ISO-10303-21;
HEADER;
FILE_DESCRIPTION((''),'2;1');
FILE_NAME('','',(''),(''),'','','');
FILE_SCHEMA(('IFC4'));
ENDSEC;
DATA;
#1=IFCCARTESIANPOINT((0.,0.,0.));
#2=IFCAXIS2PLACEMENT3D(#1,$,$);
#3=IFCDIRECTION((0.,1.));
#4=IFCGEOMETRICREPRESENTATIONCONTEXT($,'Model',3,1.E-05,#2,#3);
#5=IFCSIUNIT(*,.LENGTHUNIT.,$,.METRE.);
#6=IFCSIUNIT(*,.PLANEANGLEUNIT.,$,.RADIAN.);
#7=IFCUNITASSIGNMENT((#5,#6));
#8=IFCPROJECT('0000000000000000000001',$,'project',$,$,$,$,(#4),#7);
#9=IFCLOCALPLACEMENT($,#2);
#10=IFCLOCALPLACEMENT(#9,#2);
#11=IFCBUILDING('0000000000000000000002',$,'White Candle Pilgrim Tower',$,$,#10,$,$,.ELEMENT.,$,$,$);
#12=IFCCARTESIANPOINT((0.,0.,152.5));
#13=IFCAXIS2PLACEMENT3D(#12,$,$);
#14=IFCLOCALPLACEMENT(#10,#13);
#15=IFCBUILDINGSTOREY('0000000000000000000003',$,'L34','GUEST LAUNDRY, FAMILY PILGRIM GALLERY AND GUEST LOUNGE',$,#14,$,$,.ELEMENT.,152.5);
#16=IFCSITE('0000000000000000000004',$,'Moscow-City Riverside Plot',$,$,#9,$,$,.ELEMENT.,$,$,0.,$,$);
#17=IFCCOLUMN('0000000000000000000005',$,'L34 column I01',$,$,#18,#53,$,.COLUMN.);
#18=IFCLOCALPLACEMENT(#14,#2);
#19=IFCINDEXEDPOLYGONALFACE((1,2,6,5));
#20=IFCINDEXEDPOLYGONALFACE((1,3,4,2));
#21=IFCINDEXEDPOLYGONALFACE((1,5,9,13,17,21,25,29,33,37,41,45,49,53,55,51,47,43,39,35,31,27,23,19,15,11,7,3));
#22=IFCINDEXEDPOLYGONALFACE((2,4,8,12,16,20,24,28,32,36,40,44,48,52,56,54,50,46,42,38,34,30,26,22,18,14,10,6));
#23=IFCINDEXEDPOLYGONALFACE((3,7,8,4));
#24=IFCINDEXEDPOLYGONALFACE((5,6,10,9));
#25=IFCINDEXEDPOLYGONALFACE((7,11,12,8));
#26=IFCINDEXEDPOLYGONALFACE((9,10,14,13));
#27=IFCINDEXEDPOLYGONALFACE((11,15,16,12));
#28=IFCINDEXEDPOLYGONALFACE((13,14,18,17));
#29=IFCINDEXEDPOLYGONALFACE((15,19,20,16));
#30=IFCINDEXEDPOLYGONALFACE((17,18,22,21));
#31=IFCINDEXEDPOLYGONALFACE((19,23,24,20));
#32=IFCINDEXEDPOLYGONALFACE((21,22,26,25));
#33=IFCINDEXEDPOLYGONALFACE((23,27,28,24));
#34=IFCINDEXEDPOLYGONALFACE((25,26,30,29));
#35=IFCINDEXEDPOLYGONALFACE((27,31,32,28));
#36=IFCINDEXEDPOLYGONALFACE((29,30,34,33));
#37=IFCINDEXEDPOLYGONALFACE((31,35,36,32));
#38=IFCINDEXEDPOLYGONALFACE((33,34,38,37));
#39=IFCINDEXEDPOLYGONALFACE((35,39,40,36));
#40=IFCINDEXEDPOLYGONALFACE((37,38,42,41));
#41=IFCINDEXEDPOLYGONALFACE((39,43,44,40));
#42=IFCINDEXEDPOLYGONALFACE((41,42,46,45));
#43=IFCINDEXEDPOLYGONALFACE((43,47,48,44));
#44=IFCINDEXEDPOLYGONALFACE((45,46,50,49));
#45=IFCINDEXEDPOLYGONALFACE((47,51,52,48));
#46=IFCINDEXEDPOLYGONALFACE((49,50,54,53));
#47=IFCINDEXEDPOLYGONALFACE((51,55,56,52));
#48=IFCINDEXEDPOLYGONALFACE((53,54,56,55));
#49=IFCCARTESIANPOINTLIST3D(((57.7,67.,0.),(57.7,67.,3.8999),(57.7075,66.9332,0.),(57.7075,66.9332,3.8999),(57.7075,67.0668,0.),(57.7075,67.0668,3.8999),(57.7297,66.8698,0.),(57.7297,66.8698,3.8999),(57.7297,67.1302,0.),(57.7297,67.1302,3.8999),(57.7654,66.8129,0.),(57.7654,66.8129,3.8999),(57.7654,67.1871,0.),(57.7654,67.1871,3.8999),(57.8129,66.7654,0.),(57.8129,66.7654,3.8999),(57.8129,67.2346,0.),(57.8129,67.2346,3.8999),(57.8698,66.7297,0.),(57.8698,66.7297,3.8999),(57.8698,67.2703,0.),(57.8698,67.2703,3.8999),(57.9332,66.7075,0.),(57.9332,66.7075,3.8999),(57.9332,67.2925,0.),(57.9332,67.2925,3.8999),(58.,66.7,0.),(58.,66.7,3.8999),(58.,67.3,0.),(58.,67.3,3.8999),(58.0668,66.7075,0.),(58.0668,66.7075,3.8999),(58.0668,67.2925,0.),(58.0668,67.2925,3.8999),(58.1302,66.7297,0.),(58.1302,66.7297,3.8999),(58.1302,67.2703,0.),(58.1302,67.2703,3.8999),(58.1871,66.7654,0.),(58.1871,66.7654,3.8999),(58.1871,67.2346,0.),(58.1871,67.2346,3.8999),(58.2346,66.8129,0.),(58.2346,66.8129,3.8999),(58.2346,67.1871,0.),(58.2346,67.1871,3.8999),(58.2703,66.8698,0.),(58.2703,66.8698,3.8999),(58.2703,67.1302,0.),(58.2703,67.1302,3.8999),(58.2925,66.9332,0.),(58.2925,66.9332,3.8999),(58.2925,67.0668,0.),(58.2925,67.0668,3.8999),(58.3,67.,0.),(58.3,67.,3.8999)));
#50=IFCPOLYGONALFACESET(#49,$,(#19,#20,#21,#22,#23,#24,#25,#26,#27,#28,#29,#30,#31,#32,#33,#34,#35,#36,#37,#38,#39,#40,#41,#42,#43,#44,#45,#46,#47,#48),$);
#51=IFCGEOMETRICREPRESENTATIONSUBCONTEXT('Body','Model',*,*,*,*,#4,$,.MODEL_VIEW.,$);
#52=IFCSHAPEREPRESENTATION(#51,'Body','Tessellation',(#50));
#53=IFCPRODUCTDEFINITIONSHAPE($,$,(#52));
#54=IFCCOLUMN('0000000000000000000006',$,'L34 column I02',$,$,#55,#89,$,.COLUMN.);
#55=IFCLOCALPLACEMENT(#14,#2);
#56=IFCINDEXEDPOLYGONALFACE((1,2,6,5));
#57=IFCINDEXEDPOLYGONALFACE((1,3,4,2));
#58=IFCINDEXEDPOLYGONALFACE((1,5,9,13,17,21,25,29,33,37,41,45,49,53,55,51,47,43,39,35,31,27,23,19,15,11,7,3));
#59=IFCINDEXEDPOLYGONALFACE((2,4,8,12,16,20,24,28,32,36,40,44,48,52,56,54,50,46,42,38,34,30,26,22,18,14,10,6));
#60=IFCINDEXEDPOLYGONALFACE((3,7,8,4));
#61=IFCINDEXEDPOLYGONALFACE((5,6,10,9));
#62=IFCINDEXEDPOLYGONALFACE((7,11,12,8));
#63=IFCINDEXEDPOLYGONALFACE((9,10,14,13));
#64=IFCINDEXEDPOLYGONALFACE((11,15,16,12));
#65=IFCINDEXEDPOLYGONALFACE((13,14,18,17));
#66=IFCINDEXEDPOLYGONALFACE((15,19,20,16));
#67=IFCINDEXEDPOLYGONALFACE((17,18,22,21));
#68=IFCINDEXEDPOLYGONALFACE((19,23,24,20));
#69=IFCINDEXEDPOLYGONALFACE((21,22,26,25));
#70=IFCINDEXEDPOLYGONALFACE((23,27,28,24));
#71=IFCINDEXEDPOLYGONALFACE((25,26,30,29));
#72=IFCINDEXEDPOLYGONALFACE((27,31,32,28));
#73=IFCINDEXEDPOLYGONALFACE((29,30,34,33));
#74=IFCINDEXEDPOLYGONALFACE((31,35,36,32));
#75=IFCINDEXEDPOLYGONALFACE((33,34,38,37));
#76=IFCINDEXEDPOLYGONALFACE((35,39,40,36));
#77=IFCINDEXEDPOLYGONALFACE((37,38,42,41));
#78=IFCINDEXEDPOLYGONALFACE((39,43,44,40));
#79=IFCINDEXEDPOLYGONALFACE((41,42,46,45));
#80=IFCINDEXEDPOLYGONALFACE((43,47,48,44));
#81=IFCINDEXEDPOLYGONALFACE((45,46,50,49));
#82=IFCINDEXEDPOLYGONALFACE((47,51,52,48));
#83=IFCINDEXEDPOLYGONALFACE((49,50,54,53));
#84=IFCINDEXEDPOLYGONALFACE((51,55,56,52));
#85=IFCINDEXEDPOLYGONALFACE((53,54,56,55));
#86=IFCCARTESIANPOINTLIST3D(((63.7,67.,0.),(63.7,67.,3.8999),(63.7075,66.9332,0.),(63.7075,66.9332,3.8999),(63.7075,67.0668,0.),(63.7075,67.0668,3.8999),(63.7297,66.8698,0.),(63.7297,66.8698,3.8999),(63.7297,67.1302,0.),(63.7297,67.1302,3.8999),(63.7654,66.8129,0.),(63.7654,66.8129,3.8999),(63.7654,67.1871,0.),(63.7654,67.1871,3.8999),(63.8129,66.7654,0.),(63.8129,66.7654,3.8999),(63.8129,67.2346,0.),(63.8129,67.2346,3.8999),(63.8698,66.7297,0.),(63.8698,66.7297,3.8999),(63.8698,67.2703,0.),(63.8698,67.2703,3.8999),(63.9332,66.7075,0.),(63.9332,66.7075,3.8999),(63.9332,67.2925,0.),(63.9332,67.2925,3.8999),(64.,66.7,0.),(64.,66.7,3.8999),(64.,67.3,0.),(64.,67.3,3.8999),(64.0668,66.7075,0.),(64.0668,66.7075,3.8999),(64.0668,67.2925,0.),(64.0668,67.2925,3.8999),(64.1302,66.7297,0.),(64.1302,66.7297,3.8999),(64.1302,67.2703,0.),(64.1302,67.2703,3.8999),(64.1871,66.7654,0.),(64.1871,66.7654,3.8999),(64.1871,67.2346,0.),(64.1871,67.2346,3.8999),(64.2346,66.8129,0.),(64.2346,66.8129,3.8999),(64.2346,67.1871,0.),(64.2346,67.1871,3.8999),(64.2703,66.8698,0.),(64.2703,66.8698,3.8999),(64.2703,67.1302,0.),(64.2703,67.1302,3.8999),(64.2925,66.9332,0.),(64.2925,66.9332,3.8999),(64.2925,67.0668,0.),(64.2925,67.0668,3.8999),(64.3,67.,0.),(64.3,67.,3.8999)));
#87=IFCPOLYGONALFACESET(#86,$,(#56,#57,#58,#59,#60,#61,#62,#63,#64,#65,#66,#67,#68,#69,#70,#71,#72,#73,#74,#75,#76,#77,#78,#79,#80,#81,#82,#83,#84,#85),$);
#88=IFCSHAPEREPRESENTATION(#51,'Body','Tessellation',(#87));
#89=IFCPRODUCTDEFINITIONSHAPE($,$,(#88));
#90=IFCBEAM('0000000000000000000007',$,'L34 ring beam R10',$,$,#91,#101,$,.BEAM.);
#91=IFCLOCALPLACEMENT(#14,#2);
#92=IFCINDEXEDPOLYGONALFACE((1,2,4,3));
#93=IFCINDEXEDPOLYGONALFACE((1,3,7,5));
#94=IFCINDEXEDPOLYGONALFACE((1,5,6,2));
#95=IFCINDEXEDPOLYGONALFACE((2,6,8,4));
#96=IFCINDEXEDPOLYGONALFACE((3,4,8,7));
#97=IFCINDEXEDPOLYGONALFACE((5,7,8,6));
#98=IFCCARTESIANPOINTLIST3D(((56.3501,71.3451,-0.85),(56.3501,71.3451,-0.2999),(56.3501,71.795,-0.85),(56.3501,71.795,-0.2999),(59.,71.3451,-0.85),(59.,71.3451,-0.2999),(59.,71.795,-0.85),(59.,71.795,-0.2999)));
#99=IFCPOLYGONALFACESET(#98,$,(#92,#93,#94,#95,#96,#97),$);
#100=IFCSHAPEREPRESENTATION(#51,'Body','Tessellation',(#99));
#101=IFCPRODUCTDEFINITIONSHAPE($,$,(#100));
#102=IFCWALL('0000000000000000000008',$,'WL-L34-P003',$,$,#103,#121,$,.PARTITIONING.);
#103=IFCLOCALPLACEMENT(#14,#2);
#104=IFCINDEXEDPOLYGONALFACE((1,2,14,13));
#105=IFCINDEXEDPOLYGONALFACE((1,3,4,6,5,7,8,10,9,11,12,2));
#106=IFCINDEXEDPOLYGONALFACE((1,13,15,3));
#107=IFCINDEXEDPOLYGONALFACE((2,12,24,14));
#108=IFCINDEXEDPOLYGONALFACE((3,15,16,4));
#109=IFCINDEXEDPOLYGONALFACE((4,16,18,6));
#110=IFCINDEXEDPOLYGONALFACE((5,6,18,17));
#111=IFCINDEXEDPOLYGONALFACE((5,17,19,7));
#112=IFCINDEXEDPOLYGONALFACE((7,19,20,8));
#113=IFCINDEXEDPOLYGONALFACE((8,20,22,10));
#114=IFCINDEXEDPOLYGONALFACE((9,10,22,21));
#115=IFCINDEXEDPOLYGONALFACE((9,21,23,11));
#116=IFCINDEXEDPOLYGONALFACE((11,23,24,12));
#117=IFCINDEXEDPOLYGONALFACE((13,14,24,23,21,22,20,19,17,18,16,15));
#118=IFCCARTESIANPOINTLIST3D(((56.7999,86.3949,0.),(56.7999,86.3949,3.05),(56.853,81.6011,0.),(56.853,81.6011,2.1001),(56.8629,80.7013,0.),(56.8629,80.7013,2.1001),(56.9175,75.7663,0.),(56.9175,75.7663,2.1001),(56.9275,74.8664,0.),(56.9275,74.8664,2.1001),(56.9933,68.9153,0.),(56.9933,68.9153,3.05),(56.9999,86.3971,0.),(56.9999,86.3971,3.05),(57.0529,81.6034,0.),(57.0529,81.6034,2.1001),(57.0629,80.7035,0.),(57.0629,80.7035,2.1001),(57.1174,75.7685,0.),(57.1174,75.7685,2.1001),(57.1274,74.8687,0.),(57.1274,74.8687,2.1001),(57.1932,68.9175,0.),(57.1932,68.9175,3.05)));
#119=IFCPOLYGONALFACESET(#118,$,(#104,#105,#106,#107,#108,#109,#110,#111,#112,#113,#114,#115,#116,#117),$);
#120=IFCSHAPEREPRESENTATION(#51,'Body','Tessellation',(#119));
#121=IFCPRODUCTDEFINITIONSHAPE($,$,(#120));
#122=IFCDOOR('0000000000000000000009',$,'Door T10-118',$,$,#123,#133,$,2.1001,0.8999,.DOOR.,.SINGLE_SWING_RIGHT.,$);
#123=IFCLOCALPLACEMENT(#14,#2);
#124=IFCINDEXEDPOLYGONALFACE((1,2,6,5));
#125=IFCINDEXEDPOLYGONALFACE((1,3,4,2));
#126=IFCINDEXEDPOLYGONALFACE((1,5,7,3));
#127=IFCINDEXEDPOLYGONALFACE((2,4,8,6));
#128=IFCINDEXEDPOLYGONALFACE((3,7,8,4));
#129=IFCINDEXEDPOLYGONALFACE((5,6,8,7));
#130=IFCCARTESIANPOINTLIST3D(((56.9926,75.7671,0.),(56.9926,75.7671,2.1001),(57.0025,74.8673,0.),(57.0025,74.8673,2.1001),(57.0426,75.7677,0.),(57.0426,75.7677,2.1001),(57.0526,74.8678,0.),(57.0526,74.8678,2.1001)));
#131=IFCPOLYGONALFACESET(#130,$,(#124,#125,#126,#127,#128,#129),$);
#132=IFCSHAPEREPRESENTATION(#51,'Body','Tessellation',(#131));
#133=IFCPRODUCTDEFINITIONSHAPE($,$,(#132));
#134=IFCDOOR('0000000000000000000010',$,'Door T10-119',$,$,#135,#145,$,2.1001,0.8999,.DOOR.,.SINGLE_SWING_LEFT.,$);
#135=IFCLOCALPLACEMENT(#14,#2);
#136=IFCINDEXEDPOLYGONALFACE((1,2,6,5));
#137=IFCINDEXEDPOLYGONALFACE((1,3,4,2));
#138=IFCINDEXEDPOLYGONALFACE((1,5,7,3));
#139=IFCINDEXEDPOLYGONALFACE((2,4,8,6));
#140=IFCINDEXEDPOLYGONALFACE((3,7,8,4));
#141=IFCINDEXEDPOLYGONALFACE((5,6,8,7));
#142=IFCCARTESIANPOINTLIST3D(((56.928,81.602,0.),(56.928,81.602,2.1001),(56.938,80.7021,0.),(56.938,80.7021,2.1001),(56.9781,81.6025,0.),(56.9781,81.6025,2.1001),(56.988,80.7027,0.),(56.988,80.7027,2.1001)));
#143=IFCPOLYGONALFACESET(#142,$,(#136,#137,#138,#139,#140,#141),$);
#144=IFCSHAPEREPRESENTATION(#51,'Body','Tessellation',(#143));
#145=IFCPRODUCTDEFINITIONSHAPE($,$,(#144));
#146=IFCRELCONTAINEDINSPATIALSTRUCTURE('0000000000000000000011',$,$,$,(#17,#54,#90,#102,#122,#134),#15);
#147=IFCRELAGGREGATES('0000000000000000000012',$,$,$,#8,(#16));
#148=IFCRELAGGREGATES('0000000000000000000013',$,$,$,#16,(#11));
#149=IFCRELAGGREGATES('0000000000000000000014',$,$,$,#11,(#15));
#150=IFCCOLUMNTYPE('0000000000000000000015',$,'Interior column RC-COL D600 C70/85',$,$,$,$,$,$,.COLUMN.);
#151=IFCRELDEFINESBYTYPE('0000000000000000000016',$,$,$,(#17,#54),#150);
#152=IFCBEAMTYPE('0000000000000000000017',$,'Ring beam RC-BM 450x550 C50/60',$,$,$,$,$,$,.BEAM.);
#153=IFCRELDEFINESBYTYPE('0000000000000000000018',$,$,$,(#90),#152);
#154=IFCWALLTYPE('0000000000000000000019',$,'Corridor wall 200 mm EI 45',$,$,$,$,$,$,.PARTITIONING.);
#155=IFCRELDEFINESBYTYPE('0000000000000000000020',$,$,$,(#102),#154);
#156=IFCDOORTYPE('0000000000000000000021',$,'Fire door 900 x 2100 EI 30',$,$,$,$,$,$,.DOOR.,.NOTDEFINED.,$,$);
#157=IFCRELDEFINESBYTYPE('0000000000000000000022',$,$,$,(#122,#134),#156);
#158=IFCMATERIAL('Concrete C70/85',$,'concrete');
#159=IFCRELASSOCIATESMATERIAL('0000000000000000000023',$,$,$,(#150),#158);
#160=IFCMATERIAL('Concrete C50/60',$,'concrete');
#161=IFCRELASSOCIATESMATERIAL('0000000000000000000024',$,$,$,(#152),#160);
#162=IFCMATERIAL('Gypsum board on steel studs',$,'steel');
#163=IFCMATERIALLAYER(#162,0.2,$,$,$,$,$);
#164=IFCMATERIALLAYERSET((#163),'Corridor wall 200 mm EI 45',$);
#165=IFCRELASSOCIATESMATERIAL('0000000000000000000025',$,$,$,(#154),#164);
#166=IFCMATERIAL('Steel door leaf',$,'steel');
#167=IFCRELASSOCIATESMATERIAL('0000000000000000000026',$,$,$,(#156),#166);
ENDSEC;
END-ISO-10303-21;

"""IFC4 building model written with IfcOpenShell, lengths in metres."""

from ifc_helpers import new_model, si_unit, direction, frame, frame_2d, origin, origin_2d, place, context, subcontext, project, spatial, rectangle, circle, extrude, material, layer, layer_set, material_profile, profile_set, type_object, element, fill, save


model = new_model("IFC4")

# Units and contexts
model_context = context("Model", 3, precision=1e-05, world=origin(), true_north=direction((0.0, 1.0)))
body_context = subcontext(model_context, "Body", "Model", "MODEL_VIEW")
ifc_project = project(units=[si_unit("LENGTHUNIT", "METRE"), si_unit("PLANEANGLEUNIT", "RADIAN")], contexts=[model_context])

# Site, building, storey
site_placement = place(None, origin())
site = spatial("IfcSite", under=ifc_project, at=site_placement, Name="Moscow-City Riverside Plot", CompositionType="ELEMENT", RefElevation=0.0)
building_placement = place(site_placement, origin())
building = spatial("IfcBuilding", under=site, at=building_placement, Name="White Candle Pilgrim Tower", CompositionType="ELEMENT")
storey_placement = place(building_placement, frame((0.0, 0.0, 152.5)))
storey = spatial("IfcBuildingStorey", under=building, at=storey_placement, Name="L34", Description="GUEST LAUNDRY, FAMILY PILGRIM GALLERY AND GUEST LOUNGE", CompositionType="ELEMENT", Elevation=152.5)

# Columns
ifc_material_1 = material(Name="Concrete C70/85", Category="concrete")
ifc_material_profile_1 = material_profile(ifc_material_1, circle(Radius=0.3, at=origin_2d()), Name="RC-COL D600")
ifc_profile_set_1 = profile_set([ifc_material_profile_1], Name="Concrete C70/85")
column_type = type_object("IfcColumnType", Name="Interior column RC-COL D600 C70/85", PredefinedType="COLUMN", material=ifc_profile_set_1)
for number, where, z_axis, x_axis, name in (
    (1, (58.0, 67.0, 0.0), (0.0, 0.0, 1.0), (1.0, 0.0, 0.0), "L34 column I01"),
    (2, (64.0, 67.0, 0.0), (0.0, 0.0, 1.0), (1.0, 0.0, 0.0), "L34 column I02"),
):
    element("IfcColumn", number, at=place(storey_placement, frame(where, z_axis=z_axis, x_axis=x_axis)), inside=storey, type_object=column_type, Name=name, PredefinedType="COLUMN", context=body_context, shape_type="SweptSolid", body=[
        extrude(circle(Radius=0.3, at=origin_2d()), origin(), (0.0, 0.0, 1.0), 3.8999),
    ])

# Beam
ifc_material_2 = material(Name="Concrete C50/60", Category="concrete")
ifc_material_profile_2 = material_profile(ifc_material_2, rectangle(XDim=0.45, YDim=0.55, at=origin_2d()), Name="RC-BM 450x550")
ifc_profile_set_2 = profile_set([ifc_material_profile_2], Name="Concrete C50/60")
beam_type = type_object("IfcBeamType", Name="Ring beam RC-BM 450x550 C50/60", PredefinedType="BEAM", material=ifc_profile_set_2)
beam_placement = place(storey_placement, frame((56.3501, 71.5701, -0.575), z_axis=(1.0, 0.0, 0.0), x_axis=(0.0, 1.0, 0.0)))
element("IfcBeam", 3, at=beam_placement, inside=storey, type_object=beam_type, Name="L34 ring beam R10", PredefinedType="BEAM", context=body_context, shape_type="SweptSolid", body=[
    extrude(rectangle(XDim=0.45, YDim=0.55, at=origin_2d()), origin(), (0.0, 0.0, 1.0), 2.6499),
])

# Wall, openings, doors
ifc_material_3 = material(Name="Gypsum board on steel studs", Category="steel")
ifc_layer_1 = layer(ifc_material_3, 0.2)
ifc_layer_set_1 = layer_set([ifc_layer_1], Name="Corridor wall 200 mm EI 45")
wall_type_1 = type_object("IfcWallType", Name="Corridor wall 200 mm EI 45", PredefinedType="PARTITIONING", material=ifc_layer_set_1)
wall_1_placement = place(storey_placement, frame((57.0933, 68.9165, 0.0), z_axis=(0.0, 0.0, 1.0), x_axis=(-0.011061, 0.999939, 0.0)))
wall_1 = element("IfcWall", 4, at=wall_1_placement, inside=storey, type_object=wall_type_1, Name="WL-L34-P003", PredefinedType="PARTITIONING", context=body_context, shape_type="SweptSolid", body=[
    extrude(rectangle(XDim=17.4807, YDim=0.2, at=frame_2d((8.7402, 0.0))), origin(), (0.0, 0.0, 1.0), 3.05),
])
opening_1_placement = place(wall_1_placement, frame((5.9514, 0.0, 0.0)))
opening_1 = element("IfcOpeningElement", 5, at=opening_1_placement, cuts=wall_1, PredefinedType="OPENING", context=body_context, shape_type="SweptSolid", body=[
    extrude(rectangle(XDim=0.8999, YDim=2.1001, at=frame_2d((0.45, 1.05))), frame((0.0, 0.1099, 0.0), z_axis=(0.0, -1.0, 0.0), x_axis=(1.0, 0.0, 0.0)), (0.0, 0.0, 1.0), 0.22),
])
opening_2_placement = place(wall_1_placement, frame((11.7866, 0.0, 0.0)))
opening_2 = element("IfcOpeningElement", 6, at=opening_2_placement, cuts=wall_1, PredefinedType="OPENING", context=body_context, shape_type="SweptSolid", body=[
    extrude(rectangle(XDim=0.8999, YDim=2.1001, at=frame_2d((0.45, 1.05))), frame((0.0, 0.1099, 0.0), z_axis=(0.0, -1.0, 0.0), x_axis=(1.0, 0.0, 0.0)), (0.0, 0.0, 1.0), 0.22),
])
ifc_material_4 = material(Name="Steel door leaf", Category="steel")
door_type_1 = type_object("IfcDoorType", Name="Fire door 900 x 2100 EI 30", OperationType="NOTDEFINED", PredefinedType="DOOR", material=ifc_material_4)
door_1_placement = place(opening_1_placement, origin())
door_1 = element("IfcDoor", 7, at=door_1_placement, inside=storey, type_object=door_type_1, Name="Door T10-118", OperationType="SINGLE_SWING_RIGHT", OverallHeight=2.1001, OverallWidth=0.8999, PredefinedType="DOOR", context=body_context, shape_type="SweptSolid", body=[
    extrude(rectangle(XDim=0.8999, YDim=2.1001, at=frame_2d((0.45, 1.05))), frame((0.0, 0.0249, 0.0), z_axis=(0.0, -1.0, 0.0), x_axis=(1.0, 0.0, 0.0)), (0.0, 0.0, 1.0), 0.05),
])
fill(opening_1, door_1)
door_2_placement = place(opening_2_placement, origin())
door_2 = element("IfcDoor", 8, at=door_2_placement, inside=storey, type_object=door_type_1, Name="Door T10-119", OperationType="SINGLE_SWING_LEFT", OverallHeight=2.1001, OverallWidth=0.8999, PredefinedType="DOOR", context=body_context, shape_type="SweptSolid", body=[
    extrude(rectangle(XDim=0.8999, YDim=2.1001, at=frame_2d((0.45, 1.05))), frame((0.0, 0.0249, 0.0), z_axis=(0.0, -1.0, 0.0), x_axis=(1.0, 0.0, 0.0)), (0.0, 0.0, 1.0), 0.05),
])
fill(opening_2, door_2)

save(model, "model.ifc")
